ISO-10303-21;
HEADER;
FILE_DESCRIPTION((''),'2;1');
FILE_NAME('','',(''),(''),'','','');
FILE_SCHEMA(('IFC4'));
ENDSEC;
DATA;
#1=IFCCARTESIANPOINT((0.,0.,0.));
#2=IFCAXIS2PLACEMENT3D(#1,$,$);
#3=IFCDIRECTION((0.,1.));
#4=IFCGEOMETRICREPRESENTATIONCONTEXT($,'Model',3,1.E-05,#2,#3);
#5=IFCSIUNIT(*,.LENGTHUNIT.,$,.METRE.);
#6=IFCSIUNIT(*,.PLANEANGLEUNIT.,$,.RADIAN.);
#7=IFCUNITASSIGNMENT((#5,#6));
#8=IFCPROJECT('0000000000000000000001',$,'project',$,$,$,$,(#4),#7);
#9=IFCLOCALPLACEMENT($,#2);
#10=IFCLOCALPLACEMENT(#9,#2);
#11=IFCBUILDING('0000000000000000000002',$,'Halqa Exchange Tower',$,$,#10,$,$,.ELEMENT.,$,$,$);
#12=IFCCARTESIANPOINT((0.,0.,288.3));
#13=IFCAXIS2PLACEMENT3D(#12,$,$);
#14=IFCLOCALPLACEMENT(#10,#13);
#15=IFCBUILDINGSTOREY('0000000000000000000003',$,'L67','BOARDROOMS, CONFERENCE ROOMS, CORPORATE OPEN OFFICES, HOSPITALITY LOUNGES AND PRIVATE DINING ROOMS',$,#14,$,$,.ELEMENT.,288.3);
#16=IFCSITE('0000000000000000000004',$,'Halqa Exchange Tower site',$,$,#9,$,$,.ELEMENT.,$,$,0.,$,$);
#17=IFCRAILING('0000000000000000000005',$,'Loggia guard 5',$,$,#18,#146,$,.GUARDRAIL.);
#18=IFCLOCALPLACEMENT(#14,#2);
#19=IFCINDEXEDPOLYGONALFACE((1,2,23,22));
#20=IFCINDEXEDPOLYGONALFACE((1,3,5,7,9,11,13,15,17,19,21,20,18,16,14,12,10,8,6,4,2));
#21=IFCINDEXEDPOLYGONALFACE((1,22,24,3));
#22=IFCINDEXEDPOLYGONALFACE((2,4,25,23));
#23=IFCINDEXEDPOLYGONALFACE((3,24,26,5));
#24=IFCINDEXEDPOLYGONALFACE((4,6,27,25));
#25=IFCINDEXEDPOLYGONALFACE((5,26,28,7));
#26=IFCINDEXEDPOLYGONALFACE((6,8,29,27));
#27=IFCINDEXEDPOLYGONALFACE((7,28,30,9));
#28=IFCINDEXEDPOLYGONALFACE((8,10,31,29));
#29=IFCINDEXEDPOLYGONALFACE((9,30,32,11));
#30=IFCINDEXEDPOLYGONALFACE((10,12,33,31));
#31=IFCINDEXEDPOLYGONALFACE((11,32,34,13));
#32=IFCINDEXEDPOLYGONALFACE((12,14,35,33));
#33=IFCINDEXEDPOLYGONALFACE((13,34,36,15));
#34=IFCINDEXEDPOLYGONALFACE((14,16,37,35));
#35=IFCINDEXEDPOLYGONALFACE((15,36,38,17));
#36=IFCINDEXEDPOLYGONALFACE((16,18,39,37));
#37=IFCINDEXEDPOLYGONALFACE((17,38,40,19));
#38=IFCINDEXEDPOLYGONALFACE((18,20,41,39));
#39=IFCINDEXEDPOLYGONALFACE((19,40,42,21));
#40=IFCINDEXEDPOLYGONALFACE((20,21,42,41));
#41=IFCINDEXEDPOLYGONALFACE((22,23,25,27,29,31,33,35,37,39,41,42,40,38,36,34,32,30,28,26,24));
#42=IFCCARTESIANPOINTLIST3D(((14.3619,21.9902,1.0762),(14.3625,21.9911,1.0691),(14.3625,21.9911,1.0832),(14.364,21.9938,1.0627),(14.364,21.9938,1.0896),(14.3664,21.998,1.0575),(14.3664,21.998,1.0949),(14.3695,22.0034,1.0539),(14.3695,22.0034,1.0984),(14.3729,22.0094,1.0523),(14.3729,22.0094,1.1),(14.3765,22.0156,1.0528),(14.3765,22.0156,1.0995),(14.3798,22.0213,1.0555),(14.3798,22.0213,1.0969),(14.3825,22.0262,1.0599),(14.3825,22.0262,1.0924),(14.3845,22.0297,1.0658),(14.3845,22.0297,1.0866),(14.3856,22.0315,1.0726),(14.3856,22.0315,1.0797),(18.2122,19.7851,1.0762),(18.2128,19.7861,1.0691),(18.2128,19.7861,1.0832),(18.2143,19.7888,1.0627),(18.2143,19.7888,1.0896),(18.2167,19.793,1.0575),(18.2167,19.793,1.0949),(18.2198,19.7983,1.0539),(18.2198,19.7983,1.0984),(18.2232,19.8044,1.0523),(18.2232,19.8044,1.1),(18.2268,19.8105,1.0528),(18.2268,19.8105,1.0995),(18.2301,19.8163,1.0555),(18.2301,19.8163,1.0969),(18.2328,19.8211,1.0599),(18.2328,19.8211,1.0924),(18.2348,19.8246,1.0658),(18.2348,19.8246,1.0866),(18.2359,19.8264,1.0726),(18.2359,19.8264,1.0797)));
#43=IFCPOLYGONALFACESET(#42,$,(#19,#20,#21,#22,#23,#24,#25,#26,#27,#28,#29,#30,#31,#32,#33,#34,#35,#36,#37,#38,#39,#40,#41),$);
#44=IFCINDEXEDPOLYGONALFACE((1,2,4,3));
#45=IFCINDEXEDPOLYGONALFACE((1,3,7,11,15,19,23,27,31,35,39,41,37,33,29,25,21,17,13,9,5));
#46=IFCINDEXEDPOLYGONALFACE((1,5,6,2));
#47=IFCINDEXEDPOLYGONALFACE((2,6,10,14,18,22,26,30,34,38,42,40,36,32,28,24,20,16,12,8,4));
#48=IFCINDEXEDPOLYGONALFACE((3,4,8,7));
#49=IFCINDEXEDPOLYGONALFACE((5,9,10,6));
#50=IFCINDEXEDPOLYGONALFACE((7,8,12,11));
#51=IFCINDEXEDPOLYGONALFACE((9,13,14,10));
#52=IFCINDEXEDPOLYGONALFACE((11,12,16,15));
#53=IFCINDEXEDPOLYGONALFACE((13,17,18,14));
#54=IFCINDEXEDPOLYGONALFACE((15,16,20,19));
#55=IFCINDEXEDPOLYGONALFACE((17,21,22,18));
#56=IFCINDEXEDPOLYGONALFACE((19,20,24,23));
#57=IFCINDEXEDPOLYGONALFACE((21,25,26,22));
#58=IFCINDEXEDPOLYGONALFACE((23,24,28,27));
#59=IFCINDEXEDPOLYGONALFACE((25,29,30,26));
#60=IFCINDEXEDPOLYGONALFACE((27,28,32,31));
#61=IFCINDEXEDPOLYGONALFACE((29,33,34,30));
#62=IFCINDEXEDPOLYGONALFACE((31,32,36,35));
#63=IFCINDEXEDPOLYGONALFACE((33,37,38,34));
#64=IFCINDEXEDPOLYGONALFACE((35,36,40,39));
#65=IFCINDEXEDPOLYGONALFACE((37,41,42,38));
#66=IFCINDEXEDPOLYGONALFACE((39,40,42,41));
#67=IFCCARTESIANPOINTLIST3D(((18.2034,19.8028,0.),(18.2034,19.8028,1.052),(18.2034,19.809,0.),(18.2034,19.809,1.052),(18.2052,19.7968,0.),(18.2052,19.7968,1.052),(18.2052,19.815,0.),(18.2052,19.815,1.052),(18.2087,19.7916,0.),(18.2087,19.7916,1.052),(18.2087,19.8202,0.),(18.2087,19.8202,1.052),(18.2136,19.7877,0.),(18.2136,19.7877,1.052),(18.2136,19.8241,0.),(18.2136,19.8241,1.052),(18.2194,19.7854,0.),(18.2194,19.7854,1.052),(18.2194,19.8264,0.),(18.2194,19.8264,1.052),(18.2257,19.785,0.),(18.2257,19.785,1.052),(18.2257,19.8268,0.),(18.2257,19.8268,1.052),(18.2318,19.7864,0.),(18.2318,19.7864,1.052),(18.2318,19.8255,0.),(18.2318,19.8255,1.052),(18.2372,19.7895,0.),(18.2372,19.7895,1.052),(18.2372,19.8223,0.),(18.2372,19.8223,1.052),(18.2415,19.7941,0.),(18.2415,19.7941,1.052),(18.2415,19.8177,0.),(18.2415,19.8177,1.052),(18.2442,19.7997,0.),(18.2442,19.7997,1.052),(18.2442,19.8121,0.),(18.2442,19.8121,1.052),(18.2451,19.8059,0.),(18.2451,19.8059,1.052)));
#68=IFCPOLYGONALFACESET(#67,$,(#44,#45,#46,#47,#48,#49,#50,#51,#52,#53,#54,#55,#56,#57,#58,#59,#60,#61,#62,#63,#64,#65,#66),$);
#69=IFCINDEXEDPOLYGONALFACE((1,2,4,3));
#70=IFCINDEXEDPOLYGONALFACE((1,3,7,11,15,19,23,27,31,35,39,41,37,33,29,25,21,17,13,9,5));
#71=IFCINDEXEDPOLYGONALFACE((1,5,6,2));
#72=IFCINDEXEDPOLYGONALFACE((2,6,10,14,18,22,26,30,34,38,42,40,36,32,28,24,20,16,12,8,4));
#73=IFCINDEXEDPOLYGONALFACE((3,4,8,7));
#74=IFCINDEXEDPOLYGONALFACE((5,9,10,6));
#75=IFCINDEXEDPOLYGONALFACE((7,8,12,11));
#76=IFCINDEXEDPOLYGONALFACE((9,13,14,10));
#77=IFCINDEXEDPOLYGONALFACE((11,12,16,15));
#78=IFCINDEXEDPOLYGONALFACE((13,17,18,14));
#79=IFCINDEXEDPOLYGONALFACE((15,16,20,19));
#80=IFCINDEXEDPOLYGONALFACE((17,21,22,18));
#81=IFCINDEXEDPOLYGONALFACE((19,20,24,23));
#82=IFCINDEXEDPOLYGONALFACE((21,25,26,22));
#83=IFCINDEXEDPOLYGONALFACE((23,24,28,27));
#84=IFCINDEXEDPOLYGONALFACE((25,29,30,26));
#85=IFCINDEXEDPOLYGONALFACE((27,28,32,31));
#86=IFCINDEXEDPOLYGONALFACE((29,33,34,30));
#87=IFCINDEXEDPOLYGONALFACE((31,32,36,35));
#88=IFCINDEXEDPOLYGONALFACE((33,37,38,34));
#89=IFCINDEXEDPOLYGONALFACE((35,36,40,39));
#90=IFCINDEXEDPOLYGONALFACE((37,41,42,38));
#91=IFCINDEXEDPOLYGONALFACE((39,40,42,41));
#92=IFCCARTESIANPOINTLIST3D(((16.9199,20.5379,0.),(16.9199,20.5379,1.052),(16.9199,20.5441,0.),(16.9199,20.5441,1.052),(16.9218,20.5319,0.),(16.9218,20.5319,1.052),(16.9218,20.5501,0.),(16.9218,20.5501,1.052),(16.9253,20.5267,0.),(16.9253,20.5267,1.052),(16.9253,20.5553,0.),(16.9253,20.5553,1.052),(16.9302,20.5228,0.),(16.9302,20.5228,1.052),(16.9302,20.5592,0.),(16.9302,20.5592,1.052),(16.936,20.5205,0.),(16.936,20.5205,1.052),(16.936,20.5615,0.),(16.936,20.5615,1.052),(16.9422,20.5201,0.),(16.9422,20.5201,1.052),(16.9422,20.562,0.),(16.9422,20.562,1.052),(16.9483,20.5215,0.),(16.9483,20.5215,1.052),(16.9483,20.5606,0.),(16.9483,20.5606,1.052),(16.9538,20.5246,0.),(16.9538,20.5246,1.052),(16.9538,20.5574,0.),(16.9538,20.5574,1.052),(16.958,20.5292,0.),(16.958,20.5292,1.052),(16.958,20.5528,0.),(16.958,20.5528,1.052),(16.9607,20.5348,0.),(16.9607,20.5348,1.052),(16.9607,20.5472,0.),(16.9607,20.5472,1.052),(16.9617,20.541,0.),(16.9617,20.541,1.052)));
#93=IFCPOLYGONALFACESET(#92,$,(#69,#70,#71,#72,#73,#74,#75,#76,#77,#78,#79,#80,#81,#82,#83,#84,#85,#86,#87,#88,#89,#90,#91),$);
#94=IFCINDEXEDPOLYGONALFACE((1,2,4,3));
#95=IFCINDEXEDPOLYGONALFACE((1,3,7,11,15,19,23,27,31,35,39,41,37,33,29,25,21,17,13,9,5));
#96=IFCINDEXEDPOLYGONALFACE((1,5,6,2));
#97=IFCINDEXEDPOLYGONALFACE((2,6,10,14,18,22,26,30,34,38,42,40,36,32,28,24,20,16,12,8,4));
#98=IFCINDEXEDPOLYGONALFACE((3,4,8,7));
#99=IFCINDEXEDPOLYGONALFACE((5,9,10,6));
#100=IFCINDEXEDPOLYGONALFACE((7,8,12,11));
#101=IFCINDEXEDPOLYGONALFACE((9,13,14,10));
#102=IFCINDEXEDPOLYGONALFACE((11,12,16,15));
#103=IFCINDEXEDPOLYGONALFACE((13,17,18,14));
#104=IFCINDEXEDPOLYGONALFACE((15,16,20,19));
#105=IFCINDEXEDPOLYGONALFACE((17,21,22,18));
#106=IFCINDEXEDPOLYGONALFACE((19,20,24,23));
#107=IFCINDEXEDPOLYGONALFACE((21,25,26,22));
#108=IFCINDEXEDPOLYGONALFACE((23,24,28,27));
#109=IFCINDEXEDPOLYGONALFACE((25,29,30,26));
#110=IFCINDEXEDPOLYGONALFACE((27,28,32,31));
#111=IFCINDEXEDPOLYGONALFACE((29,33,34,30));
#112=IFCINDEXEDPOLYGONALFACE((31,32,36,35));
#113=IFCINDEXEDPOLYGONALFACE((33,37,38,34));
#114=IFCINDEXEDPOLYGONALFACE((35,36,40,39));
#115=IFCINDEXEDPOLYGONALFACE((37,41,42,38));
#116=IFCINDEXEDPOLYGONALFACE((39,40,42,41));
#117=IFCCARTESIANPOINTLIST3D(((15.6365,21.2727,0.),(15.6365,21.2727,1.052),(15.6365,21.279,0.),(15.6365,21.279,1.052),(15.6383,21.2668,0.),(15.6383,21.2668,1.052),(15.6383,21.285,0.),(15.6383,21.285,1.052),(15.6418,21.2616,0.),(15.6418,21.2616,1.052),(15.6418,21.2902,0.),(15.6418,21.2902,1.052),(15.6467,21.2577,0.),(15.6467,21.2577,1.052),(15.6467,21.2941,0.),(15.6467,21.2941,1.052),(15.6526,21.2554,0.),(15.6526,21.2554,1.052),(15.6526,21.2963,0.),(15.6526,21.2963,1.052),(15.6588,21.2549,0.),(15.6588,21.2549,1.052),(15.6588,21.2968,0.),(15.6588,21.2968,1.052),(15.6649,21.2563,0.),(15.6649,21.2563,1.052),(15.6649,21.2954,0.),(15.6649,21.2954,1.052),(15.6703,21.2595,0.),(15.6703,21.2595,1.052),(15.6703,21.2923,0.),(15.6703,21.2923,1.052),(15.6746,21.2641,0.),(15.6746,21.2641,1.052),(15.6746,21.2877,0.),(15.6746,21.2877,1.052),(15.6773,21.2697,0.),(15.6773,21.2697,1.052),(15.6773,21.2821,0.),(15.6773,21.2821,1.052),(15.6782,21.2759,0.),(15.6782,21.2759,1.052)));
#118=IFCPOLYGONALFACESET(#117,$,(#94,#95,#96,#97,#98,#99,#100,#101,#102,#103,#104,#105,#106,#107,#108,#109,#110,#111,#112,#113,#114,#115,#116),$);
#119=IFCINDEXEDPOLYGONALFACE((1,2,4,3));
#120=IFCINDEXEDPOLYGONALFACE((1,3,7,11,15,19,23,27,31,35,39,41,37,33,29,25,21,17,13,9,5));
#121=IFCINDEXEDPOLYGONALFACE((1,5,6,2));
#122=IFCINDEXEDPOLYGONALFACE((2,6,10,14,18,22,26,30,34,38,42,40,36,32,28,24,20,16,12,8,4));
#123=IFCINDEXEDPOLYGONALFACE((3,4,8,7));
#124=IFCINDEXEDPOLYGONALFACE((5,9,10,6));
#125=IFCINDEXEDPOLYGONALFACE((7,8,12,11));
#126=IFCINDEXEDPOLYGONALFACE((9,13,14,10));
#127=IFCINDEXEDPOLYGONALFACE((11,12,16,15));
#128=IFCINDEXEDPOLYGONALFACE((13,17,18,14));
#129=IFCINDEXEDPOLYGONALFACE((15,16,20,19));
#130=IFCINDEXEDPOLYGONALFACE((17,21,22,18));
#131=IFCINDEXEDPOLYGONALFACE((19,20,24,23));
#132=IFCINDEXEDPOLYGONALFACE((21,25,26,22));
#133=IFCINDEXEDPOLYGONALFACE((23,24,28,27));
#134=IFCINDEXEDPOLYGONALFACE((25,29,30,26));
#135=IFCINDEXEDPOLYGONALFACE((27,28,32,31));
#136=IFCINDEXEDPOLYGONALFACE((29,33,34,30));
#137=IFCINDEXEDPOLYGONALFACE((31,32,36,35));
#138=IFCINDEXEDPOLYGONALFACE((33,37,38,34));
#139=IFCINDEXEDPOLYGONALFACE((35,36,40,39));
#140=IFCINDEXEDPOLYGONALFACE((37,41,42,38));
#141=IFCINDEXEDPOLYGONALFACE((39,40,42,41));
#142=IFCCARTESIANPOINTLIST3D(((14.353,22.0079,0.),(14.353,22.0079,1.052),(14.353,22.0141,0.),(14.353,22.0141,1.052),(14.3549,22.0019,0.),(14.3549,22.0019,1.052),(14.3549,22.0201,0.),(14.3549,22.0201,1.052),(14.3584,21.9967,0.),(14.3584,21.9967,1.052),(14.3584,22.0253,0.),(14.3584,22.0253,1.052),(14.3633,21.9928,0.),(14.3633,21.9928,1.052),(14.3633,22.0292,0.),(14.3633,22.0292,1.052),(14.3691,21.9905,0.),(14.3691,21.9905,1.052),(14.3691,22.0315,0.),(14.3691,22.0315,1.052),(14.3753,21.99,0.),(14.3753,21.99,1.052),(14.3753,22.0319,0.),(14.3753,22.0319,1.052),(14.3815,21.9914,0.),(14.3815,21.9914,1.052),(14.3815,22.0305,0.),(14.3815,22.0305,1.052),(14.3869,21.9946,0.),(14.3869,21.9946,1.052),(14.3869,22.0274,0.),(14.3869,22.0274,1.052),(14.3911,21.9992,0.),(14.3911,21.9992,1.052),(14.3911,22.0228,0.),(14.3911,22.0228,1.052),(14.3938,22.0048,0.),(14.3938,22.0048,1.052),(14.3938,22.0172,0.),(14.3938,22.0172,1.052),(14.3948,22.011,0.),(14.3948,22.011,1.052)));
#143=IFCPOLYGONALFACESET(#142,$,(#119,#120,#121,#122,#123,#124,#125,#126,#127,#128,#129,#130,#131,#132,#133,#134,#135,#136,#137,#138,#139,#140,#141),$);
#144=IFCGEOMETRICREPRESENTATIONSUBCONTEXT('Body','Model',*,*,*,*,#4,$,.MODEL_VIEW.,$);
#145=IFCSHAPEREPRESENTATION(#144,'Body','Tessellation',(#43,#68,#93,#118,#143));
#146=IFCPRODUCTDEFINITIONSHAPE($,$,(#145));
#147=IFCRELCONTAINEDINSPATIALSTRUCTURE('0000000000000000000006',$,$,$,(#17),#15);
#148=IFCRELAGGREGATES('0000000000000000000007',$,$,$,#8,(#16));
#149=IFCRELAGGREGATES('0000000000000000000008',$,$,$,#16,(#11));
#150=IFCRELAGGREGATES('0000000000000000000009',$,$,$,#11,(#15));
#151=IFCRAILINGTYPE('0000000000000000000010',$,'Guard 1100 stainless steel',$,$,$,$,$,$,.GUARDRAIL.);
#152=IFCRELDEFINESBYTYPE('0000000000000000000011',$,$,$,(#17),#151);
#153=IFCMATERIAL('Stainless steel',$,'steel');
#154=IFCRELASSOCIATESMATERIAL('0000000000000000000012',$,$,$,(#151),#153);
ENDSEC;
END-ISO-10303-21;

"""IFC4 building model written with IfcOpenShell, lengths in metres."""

from ifc_helpers import new_model, si_unit, direction, frame, origin, origin_2d, place, context, subcontext, project, spatial, circle, extrude, material, type_object, element, save


model = new_model("IFC4")

# Units and contexts
model_context = context("Model", 3, precision=1e-05, world=origin(), true_north=direction((0.0, 1.0)))
body_context = subcontext(model_context, "Body", "Model", "MODEL_VIEW")
ifc_project = project(units=[si_unit("LENGTHUNIT", "METRE"), si_unit("PLANEANGLEUNIT", "RADIAN")], contexts=[model_context])

# Site, building, storey
site_placement = place(None, origin())
site = spatial("IfcSite", under=ifc_project, at=site_placement, Name="Halqa Exchange Tower site", CompositionType="ELEMENT", RefElevation=0.0)
building_placement = place(site_placement, origin())
building = spatial("IfcBuilding", under=site, at=building_placement, Name="Halqa Exchange Tower", CompositionType="ELEMENT")
storey_placement = place(building_placement, frame((0.0, 0.0, 288.3)))
storey = spatial("IfcBuildingStorey", under=building, at=storey_placement, Name="L67", Description="BOARDROOMS, CONFERENCE ROOMS, CORPORATE OPEN OFFICES, HOSPITALITY LOUNGES AND PRIVATE DINING ROOMS", CompositionType="ELEMENT", Elevation=288.3)

# Railing
ifc_material_1 = material(Name="Stainless steel", Category="steel")
railing_type = type_object("IfcRailingType", Name="Guard 1100 stainless steel", PredefinedType="GUARDRAIL", material=ifc_material_1)
railing_1_placement = place(storey_placement, frame((18.2241, 19.8059, 0.0)))
element("IfcRailing", 1, at=railing_1_placement, inside=storey, type_object=railing_type, Name="Loggia guard 5", PredefinedType="GUARDRAIL", context=body_context, shape_type="SweptSolid", body=[
    extrude(circle(Radius=0.0239, at=origin_2d()), frame((0.0, 0.0, 1.0762), z_axis=(-0.867769, 0.496968, 0.0), x_axis=(-0.496968, -0.867769, 0.0)), (0.0, 0.0, 1.0), 4.437),
    extrude(circle(Radius=0.021, at=origin_2d()), origin(), (0.0, 0.0, 1.0), 1.052),
    extrude(circle(Radius=0.021, at=origin_2d()), frame((-1.2834, 0.7351, 0.0)), (0.0, 0.0, 1.0), 1.052),
    extrude(circle(Radius=0.021, at=origin_2d()), frame((-2.5669, 1.47, 0.0)), (0.0, 0.0, 1.0), 1.052),
    extrude(circle(Radius=0.021, at=origin_2d()), frame((-3.8503, 2.2051, 0.0)), (0.0, 0.0, 1.0), 1.052),
])

save(model, "model.ifc")
